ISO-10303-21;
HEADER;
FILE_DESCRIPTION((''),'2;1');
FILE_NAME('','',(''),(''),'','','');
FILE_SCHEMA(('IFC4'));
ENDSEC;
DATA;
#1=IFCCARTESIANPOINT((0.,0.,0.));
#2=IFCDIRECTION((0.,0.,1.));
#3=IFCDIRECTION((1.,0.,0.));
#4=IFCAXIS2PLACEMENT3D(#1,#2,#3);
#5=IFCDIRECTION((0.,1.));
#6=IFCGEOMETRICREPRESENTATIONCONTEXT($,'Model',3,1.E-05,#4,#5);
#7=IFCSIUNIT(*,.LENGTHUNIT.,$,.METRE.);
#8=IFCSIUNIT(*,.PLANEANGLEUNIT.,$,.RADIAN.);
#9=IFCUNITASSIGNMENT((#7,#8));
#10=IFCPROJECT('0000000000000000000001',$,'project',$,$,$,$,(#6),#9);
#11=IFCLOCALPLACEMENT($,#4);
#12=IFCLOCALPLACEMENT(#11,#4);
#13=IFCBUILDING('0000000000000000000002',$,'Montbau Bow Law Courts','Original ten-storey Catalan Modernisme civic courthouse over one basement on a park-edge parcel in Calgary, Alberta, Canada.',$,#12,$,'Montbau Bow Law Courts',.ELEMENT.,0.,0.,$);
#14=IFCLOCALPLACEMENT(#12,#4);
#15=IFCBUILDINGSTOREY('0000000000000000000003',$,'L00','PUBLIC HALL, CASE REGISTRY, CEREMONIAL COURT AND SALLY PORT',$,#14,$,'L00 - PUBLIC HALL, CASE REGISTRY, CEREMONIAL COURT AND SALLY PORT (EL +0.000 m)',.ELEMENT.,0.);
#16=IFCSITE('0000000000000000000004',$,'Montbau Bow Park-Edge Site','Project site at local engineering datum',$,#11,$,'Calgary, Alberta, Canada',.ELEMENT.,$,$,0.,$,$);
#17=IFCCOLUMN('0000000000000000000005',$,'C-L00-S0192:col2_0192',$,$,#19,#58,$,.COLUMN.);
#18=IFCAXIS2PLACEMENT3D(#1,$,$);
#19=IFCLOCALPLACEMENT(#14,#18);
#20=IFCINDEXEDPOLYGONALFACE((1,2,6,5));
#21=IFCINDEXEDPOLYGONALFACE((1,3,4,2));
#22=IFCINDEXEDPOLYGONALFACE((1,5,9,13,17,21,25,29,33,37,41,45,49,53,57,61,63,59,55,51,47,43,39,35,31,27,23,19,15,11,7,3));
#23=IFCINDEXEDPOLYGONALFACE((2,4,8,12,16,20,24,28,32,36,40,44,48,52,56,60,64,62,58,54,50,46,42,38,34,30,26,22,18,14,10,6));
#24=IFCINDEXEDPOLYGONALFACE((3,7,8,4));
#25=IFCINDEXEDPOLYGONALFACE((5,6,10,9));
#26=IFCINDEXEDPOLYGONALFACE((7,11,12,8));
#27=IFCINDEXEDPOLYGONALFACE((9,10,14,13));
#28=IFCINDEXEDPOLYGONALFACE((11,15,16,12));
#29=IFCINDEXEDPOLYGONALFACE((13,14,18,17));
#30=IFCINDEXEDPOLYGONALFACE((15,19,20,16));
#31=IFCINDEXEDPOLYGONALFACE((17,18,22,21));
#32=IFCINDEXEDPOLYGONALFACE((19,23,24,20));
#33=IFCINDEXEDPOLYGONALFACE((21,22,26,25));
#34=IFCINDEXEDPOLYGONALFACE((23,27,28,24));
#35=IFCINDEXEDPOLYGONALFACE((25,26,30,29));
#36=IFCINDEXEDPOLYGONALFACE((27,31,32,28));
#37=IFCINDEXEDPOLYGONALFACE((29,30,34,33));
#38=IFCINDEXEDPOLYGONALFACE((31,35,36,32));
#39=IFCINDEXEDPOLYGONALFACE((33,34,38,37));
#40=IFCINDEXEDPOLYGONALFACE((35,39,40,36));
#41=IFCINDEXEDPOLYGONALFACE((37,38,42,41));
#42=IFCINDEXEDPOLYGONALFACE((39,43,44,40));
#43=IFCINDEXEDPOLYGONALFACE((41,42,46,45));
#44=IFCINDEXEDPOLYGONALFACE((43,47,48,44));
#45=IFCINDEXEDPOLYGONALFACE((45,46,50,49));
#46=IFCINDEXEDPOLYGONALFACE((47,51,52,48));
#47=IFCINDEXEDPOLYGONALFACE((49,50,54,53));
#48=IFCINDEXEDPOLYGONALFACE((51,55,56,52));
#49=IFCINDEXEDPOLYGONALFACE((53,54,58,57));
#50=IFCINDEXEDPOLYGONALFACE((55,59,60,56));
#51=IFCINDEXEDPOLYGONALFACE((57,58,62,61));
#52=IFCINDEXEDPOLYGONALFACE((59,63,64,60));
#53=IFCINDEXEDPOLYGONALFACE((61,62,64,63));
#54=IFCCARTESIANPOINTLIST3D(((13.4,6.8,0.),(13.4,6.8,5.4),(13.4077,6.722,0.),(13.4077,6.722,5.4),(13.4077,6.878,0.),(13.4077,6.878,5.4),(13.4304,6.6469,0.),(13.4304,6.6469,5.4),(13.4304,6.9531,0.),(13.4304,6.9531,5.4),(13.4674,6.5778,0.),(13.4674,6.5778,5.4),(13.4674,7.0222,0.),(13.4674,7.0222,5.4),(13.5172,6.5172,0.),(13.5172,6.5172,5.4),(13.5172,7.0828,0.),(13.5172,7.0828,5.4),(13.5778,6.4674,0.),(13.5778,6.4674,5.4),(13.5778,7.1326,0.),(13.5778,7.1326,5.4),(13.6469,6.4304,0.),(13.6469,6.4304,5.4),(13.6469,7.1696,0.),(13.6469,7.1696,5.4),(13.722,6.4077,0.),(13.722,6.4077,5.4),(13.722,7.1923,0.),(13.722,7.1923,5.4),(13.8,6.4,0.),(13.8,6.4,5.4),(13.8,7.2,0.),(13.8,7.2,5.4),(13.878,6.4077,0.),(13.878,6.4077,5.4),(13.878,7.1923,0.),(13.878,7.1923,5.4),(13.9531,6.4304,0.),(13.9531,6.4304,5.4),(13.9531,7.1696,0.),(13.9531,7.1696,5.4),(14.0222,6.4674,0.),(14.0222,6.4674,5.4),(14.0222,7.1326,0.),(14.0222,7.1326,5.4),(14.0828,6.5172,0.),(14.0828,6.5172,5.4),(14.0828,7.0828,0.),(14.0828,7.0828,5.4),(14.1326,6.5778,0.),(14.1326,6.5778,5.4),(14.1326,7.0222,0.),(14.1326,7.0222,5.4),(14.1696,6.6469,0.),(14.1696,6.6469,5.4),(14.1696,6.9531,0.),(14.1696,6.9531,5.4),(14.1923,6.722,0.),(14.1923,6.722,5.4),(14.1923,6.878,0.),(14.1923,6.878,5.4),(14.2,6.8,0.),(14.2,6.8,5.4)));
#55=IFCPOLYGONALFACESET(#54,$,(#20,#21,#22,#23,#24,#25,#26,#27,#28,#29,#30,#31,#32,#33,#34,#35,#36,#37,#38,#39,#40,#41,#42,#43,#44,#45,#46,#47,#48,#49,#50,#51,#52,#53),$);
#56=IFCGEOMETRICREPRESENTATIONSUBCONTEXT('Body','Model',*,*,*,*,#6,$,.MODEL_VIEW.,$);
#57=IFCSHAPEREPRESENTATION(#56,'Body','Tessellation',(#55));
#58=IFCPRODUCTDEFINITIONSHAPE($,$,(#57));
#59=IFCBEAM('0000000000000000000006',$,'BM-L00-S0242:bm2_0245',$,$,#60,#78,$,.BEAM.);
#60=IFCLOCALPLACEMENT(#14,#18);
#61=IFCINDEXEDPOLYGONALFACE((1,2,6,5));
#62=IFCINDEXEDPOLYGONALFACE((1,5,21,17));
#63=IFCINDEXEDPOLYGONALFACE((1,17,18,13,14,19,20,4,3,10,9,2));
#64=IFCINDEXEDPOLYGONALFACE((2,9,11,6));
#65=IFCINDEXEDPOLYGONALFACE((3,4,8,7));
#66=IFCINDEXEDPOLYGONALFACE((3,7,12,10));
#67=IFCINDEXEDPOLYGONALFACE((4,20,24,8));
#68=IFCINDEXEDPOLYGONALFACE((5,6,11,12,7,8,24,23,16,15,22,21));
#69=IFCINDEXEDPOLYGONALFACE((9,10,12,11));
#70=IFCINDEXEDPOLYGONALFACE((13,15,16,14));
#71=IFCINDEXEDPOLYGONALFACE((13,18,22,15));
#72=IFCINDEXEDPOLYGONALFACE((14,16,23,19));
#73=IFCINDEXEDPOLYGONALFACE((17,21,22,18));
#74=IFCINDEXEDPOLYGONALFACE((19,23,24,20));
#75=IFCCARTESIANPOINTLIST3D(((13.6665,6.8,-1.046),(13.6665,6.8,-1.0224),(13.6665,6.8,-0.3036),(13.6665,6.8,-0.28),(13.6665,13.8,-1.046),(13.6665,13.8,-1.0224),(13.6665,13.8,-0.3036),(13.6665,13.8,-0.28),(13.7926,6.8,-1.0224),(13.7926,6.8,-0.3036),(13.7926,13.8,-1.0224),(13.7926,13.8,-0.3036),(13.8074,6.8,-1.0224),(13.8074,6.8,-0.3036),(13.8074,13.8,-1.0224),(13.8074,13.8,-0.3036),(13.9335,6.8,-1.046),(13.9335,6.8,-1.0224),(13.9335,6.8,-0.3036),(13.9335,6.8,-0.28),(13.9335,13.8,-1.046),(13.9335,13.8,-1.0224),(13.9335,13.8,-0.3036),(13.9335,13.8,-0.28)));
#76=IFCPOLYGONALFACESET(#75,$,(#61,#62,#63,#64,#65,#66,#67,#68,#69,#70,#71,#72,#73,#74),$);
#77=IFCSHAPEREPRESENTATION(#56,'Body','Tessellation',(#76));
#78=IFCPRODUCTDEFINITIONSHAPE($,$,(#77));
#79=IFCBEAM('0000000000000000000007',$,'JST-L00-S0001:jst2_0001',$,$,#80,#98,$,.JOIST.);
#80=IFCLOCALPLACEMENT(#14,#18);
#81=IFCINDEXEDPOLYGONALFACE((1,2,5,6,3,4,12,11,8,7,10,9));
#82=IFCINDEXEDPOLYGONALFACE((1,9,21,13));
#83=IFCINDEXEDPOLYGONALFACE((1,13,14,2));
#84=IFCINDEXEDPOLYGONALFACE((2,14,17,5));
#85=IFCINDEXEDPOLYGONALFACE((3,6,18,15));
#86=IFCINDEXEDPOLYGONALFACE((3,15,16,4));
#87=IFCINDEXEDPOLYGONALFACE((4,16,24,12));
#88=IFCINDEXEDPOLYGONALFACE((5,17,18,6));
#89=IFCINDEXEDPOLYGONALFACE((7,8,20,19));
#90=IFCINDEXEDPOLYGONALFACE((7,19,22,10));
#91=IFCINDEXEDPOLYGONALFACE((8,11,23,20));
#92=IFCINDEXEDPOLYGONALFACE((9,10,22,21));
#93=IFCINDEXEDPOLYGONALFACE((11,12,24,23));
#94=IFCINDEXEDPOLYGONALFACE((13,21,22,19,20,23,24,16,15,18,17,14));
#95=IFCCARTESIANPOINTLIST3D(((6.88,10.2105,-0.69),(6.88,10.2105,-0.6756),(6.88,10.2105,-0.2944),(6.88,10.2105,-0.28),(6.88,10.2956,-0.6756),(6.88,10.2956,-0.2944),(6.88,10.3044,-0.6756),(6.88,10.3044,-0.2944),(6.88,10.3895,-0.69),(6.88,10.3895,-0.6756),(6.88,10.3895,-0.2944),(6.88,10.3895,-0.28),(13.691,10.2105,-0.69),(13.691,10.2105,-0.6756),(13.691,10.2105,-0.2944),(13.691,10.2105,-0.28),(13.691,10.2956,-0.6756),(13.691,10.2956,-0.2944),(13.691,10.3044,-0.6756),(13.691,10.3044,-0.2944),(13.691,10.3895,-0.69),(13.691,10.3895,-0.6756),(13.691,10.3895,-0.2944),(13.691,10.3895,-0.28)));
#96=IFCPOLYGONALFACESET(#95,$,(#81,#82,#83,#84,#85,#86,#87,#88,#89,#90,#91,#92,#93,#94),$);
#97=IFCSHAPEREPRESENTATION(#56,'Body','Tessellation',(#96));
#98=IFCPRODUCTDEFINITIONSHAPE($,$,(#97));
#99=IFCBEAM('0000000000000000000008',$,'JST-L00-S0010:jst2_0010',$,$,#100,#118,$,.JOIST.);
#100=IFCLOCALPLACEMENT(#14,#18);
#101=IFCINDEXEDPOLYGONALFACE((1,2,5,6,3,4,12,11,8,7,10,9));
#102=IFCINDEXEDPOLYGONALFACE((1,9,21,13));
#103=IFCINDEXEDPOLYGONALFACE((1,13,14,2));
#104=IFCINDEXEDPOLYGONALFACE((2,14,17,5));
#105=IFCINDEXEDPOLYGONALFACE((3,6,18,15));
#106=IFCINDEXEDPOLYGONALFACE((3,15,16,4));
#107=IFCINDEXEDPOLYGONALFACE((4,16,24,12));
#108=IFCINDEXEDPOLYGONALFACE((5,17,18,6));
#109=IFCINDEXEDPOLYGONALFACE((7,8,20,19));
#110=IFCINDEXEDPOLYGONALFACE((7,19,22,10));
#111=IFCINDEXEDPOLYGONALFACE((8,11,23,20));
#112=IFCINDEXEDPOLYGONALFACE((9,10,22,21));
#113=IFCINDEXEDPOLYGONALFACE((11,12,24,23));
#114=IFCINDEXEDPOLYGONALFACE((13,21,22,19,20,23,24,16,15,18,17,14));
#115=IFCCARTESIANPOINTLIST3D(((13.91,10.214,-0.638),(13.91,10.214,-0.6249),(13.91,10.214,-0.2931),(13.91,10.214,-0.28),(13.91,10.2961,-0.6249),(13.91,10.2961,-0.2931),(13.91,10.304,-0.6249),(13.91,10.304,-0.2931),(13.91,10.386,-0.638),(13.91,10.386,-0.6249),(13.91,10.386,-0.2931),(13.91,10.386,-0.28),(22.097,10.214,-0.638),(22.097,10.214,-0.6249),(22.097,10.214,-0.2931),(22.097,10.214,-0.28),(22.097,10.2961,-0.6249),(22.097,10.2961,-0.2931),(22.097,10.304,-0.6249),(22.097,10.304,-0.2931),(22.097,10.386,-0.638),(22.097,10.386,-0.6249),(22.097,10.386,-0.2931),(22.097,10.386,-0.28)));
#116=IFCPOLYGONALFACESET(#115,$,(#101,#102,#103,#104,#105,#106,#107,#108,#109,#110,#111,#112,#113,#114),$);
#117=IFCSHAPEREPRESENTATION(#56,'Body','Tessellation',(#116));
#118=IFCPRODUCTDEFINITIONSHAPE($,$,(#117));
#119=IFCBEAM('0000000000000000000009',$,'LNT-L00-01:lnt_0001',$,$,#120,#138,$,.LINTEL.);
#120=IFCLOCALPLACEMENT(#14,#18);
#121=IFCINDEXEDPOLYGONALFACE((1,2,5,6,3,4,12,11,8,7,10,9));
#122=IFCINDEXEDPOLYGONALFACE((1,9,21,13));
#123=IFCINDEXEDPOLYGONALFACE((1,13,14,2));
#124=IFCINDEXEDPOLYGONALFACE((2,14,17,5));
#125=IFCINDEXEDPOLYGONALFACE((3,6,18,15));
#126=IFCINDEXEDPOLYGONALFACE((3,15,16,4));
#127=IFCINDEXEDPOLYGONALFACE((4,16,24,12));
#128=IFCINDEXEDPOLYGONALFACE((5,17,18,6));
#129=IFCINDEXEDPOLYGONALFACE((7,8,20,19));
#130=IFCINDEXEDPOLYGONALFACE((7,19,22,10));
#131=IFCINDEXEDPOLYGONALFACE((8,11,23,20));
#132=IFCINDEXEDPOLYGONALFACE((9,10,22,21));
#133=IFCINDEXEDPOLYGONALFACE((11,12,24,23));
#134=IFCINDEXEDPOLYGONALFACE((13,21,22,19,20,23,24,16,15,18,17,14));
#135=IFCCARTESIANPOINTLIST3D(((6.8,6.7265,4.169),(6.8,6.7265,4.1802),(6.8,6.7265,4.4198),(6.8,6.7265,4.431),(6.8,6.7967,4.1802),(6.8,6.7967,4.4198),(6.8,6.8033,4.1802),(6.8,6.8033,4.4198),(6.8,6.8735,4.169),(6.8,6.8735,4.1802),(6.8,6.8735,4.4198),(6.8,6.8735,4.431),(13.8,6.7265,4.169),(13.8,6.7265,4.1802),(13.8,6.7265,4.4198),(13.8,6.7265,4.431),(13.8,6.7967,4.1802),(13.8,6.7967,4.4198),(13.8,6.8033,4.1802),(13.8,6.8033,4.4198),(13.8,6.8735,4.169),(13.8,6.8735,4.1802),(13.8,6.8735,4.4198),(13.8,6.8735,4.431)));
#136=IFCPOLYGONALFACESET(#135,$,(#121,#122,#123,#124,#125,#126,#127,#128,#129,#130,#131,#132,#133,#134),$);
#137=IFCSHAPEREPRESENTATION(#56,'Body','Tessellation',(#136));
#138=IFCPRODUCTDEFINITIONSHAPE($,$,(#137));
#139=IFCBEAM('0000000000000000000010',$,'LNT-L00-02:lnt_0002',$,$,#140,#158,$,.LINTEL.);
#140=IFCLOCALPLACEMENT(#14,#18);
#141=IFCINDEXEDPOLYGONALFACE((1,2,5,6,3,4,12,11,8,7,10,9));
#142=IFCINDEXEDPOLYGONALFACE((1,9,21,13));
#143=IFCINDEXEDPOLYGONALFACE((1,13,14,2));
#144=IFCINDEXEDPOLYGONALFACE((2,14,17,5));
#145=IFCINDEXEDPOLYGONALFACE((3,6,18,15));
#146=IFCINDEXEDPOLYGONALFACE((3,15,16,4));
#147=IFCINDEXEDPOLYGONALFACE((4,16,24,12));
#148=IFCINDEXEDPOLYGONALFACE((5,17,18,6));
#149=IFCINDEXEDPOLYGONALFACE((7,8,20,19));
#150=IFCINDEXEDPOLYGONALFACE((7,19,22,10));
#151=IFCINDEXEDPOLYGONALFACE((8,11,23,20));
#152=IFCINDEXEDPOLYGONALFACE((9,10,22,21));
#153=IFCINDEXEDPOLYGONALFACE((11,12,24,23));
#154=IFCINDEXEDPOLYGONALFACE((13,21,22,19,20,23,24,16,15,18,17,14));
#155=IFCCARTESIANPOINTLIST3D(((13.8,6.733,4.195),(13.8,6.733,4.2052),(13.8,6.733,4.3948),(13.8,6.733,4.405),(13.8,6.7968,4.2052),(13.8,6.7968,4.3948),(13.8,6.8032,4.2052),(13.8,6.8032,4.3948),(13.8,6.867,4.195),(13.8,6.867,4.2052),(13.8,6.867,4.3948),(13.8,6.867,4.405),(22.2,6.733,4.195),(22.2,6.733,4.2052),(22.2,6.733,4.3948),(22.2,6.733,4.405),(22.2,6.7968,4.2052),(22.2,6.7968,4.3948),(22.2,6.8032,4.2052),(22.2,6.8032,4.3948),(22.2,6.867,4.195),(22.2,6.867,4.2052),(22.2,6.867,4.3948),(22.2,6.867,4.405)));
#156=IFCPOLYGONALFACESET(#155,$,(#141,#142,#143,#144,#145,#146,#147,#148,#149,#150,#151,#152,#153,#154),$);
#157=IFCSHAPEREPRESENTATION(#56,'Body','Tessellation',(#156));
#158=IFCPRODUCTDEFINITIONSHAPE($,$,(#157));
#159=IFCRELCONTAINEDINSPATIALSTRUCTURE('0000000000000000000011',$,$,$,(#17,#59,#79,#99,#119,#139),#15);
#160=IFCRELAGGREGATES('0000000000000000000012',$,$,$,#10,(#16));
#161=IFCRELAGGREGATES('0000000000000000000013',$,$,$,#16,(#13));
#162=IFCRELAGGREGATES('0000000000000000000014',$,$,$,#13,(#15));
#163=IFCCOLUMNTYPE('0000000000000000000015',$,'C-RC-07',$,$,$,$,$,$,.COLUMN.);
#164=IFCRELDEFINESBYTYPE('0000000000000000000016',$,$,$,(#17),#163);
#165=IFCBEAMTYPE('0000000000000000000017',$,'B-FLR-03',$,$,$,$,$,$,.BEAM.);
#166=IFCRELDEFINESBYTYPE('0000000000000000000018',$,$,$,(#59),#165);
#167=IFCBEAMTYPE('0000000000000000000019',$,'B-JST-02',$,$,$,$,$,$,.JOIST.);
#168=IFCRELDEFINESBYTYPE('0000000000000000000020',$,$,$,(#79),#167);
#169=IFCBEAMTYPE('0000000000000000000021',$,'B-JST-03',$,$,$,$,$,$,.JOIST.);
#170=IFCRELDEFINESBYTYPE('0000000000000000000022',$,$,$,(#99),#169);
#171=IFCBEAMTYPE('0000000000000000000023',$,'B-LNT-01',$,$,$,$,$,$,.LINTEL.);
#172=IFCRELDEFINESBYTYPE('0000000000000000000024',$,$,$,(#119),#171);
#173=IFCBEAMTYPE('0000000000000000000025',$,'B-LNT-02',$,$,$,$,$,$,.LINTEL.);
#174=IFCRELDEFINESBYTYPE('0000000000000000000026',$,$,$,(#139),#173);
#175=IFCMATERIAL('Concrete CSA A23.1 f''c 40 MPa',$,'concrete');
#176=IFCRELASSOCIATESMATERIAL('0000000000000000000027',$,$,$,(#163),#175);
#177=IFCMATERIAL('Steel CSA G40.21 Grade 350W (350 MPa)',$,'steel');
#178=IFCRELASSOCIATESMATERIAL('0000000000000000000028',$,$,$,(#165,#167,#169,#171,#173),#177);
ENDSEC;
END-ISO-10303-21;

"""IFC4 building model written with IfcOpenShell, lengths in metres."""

from ifc_helpers import new_model, si_unit, direction, frame, origin_with_axes, origin_2d_with_axis, place, context, subcontext, project, spatial, circle, i_section, extrude, material, material_profile, profile_set, type_object, element, save


model = new_model("IFC4")

# Units and contexts
model_context = context("Model", 3, precision=1e-05, world=origin_with_axes(), true_north=direction((0.0, 1.0)))
body_context = subcontext(model_context, "Body", "Model", "MODEL_VIEW")
ifc_project = project(units=[si_unit("LENGTHUNIT", "METRE"), si_unit("PLANEANGLEUNIT", "RADIAN")], contexts=[model_context])

# Site, building, storey
site_placement = place(None, origin_with_axes())
site = spatial("IfcSite", under=ifc_project, at=site_placement, Name="Montbau Bow Park-Edge Site", Description="Project site at local engineering datum", LongName="Calgary, Alberta, Canada", CompositionType="ELEMENT", RefElevation=0.0)
building_placement = place(site_placement, origin_with_axes())
building = spatial("IfcBuilding", under=site, at=building_placement, Name="Montbau Bow Law Courts", Description="Original ten-storey Catalan Modernisme civic courthouse over one basement on a park-edge parcel in Calgary, Alberta, Canada.", LongName="Montbau Bow Law Courts", CompositionType="ELEMENT", ElevationOfRefHeight=0.0, ElevationOfTerrain=0.0)
storey_placement = place(building_placement, origin_with_axes())
storey = spatial("IfcBuildingStorey", under=building, at=storey_placement, Name="L00", Description="PUBLIC HALL, CASE REGISTRY, CEREMONIAL COURT AND SALLY PORT", LongName="L00 - PUBLIC HALL, CASE REGISTRY, CEREMONIAL COURT AND SALLY PORT (EL +0.000 m)", CompositionType="ELEMENT", Elevation=0.0)

# Column
ifc_material_1 = material(Name="Concrete CSA A23.1 f'c 40 MPa", Category="concrete")
ifc_material_profile_1 = material_profile(ifc_material_1, circle(Radius=0.4, at=origin_2d_with_axis()), Name="RC800D", Category="Main", Priority=0)
ifc_profile_set_1 = profile_set([ifc_material_profile_1], Name="Concrete CSA A23.1 f'c 40 MPa")
column_type = type_object("IfcColumnType", Name="C-RC-07", PredefinedType="COLUMN", material=ifc_profile_set_1)
column_placement = place(None, frame((13.8, 6.8, 0.0), z_axis=(0.0, 0.0, 1.0), x_axis=(1.0, 0.0, 0.0)))
element("IfcColumn", 1, at=column_placement, inside=storey, type_object=column_type, Name="C-L00-S0192:col2_0192", PredefinedType="COLUMN", context=body_context, shape_type="SweptSolid", body=[
    extrude(circle(Radius=0.4, at=origin_2d_with_axis()), origin_with_axes(), (0.0, 0.0, 1.0), 5.4),
])

# Beams
ifc_material_2 = material(Name="Steel CSA G40.21 Grade 350W (350 MPa)", Category="steel")
ifc_material_profile_2 = material_profile(ifc_material_2, i_section(OverallWidth=0.267, OverallDepth=0.766, WebThickness=0.0149, FlangeThickness=0.0236, at=origin_2d_with_axis()), Name="W760X185", Category="Main", Priority=0)
ifc_profile_set_2 = profile_set([ifc_material_profile_2], Name="Steel CSA G40.21 Grade 350W (350 MPa)")
beam_type_1 = type_object("IfcBeamType", Name="B-FLR-03", PredefinedType="BEAM", material=ifc_profile_set_2)
beam_1_placement = place(None, frame((13.8, 6.8, -0.663), z_axis=(0.0, 1.0, 0.0), x_axis=(-1.0, 0.0, 0.0)))
element("IfcBeam", 2, at=beam_1_placement, inside=storey, type_object=beam_type_1, Name="BM-L00-S0242:bm2_0245", PredefinedType="BEAM", context=body_context, shape_type="SweptSolid", body=[
    extrude(i_section(OverallWidth=0.267, OverallDepth=0.766, WebThickness=0.0149, FlangeThickness=0.0236, at=origin_2d_with_axis()), origin_with_axes(), (0.0, 0.0, 1.0), 7.0),
])
ifc_material_profile_3 = material_profile(ifc_material_2, i_section(OverallWidth=0.179, OverallDepth=0.41, WebThickness=0.0088, FlangeThickness=0.0144, at=origin_2d_with_axis()), Name="W410X67", Category="Main", Priority=0)
ifc_profile_set_3 = profile_set([ifc_material_profile_3], Name="Steel CSA G40.21 Grade 350W (350 MPa)")
beam_type_2 = type_object("IfcBeamType", Name="B-JST-02", PredefinedType="JOIST", material=ifc_profile_set_3)
beam_2_placement = place(None, frame((6.88, 10.3, -0.485), z_axis=(1.0, 0.0, 0.0), x_axis=(0.0, 1.0, 0.0)))
element("IfcBeam", 3, at=beam_2_placement, inside=storey, type_object=beam_type_2, Name="JST-L00-S0001:jst2_0001", PredefinedType="JOIST", context=body_context, shape_type="SweptSolid", body=[
    extrude(i_section(OverallWidth=0.179, OverallDepth=0.41, WebThickness=0.0088, FlangeThickness=0.0144, at=origin_2d_with_axis()), origin_with_axes(), (0.0, 0.0, 1.0), 6.811),
])
ifc_material_profile_4 = material_profile(ifc_material_2, i_section(OverallWidth=0.172, OverallDepth=0.358, WebThickness=0.0079, FlangeThickness=0.0131, at=origin_2d_with_axis()), Name="W360X57", Category="Main", Priority=0)
ifc_profile_set_4 = profile_set([ifc_material_profile_4], Name="Steel CSA G40.21 Grade 350W (350 MPa)")
beam_type_3 = type_object("IfcBeamType", Name="B-JST-03", PredefinedType="JOIST", material=ifc_profile_set_4)
beam_3_placement = place(None, frame((13.91, 10.3, -0.459), z_axis=(1.0, 0.0, 0.0), x_axis=(0.0, 1.0, 0.0)))
element("IfcBeam", 4, at=beam_3_placement, inside=storey, type_object=beam_type_3, Name="JST-L00-S0010:jst2_0010", PredefinedType="JOIST", context=body_context, shape_type="SweptSolid", body=[
    extrude(i_section(OverallWidth=0.172, OverallDepth=0.358, WebThickness=0.0079, FlangeThickness=0.0131, at=origin_2d_with_axis()), origin_with_axes(), (0.0, 0.0, 1.0), 8.187),
])
ifc_material_profile_5 = material_profile(ifc_material_2, i_section(OverallWidth=0.147, OverallDepth=0.262, WebThickness=0.0066, FlangeThickness=0.0112, at=origin_2d_with_axis()), Name="W250X39", Category="Main", Priority=0)
ifc_profile_set_5 = profile_set([ifc_material_profile_5], Name="Steel CSA G40.21 Grade 350W (350 MPa)")
beam_type_4 = type_object("IfcBeamType", Name="B-LNT-01", PredefinedType="LINTEL", material=ifc_profile_set_5)
beam_4_placement = place(None, frame((6.8, 6.8, 4.3), z_axis=(1.0, 0.0, 0.0), x_axis=(0.0, 1.0, 0.0)))
element("IfcBeam", 5, at=beam_4_placement, inside=storey, type_object=beam_type_4, Name="LNT-L00-01:lnt_0001", PredefinedType="LINTEL", context=body_context, shape_type="SweptSolid", body=[
    extrude(i_section(OverallWidth=0.147, OverallDepth=0.262, WebThickness=0.0066, FlangeThickness=0.0112, at=origin_2d_with_axis()), origin_with_axes(), (0.0, 0.0, 1.0), 7.0),
])
ifc_material_profile_6 = material_profile(ifc_material_2, i_section(OverallWidth=0.134, OverallDepth=0.21, WebThickness=0.0064, FlangeThickness=0.0102, at=origin_2d_with_axis()), Name="W200X31", Category="Main", Priority=0)
ifc_profile_set_6 = profile_set([ifc_material_profile_6], Name="Steel CSA G40.21 Grade 350W (350 MPa)")
beam_type_5 = type_object("IfcBeamType", Name="B-LNT-02", PredefinedType="LINTEL", material=ifc_profile_set_6)
beam_5_placement = place(None, frame((13.8, 6.8, 4.3), z_axis=(1.0, 0.0, 0.0), x_axis=(0.0, 1.0, 0.0)))
element("IfcBeam", 6, at=beam_5_placement, inside=storey, type_object=beam_type_5, Name="LNT-L00-02:lnt_0002", PredefinedType="LINTEL", context=body_context, shape_type="SweptSolid", body=[
    extrude(i_section(OverallWidth=0.134, OverallDepth=0.21, WebThickness=0.0064, FlangeThickness=0.0102, at=origin_2d_with_axis()), origin_with_axes(), (0.0, 0.0, 1.0), 8.4),
])

save(model, "model.ifc")
